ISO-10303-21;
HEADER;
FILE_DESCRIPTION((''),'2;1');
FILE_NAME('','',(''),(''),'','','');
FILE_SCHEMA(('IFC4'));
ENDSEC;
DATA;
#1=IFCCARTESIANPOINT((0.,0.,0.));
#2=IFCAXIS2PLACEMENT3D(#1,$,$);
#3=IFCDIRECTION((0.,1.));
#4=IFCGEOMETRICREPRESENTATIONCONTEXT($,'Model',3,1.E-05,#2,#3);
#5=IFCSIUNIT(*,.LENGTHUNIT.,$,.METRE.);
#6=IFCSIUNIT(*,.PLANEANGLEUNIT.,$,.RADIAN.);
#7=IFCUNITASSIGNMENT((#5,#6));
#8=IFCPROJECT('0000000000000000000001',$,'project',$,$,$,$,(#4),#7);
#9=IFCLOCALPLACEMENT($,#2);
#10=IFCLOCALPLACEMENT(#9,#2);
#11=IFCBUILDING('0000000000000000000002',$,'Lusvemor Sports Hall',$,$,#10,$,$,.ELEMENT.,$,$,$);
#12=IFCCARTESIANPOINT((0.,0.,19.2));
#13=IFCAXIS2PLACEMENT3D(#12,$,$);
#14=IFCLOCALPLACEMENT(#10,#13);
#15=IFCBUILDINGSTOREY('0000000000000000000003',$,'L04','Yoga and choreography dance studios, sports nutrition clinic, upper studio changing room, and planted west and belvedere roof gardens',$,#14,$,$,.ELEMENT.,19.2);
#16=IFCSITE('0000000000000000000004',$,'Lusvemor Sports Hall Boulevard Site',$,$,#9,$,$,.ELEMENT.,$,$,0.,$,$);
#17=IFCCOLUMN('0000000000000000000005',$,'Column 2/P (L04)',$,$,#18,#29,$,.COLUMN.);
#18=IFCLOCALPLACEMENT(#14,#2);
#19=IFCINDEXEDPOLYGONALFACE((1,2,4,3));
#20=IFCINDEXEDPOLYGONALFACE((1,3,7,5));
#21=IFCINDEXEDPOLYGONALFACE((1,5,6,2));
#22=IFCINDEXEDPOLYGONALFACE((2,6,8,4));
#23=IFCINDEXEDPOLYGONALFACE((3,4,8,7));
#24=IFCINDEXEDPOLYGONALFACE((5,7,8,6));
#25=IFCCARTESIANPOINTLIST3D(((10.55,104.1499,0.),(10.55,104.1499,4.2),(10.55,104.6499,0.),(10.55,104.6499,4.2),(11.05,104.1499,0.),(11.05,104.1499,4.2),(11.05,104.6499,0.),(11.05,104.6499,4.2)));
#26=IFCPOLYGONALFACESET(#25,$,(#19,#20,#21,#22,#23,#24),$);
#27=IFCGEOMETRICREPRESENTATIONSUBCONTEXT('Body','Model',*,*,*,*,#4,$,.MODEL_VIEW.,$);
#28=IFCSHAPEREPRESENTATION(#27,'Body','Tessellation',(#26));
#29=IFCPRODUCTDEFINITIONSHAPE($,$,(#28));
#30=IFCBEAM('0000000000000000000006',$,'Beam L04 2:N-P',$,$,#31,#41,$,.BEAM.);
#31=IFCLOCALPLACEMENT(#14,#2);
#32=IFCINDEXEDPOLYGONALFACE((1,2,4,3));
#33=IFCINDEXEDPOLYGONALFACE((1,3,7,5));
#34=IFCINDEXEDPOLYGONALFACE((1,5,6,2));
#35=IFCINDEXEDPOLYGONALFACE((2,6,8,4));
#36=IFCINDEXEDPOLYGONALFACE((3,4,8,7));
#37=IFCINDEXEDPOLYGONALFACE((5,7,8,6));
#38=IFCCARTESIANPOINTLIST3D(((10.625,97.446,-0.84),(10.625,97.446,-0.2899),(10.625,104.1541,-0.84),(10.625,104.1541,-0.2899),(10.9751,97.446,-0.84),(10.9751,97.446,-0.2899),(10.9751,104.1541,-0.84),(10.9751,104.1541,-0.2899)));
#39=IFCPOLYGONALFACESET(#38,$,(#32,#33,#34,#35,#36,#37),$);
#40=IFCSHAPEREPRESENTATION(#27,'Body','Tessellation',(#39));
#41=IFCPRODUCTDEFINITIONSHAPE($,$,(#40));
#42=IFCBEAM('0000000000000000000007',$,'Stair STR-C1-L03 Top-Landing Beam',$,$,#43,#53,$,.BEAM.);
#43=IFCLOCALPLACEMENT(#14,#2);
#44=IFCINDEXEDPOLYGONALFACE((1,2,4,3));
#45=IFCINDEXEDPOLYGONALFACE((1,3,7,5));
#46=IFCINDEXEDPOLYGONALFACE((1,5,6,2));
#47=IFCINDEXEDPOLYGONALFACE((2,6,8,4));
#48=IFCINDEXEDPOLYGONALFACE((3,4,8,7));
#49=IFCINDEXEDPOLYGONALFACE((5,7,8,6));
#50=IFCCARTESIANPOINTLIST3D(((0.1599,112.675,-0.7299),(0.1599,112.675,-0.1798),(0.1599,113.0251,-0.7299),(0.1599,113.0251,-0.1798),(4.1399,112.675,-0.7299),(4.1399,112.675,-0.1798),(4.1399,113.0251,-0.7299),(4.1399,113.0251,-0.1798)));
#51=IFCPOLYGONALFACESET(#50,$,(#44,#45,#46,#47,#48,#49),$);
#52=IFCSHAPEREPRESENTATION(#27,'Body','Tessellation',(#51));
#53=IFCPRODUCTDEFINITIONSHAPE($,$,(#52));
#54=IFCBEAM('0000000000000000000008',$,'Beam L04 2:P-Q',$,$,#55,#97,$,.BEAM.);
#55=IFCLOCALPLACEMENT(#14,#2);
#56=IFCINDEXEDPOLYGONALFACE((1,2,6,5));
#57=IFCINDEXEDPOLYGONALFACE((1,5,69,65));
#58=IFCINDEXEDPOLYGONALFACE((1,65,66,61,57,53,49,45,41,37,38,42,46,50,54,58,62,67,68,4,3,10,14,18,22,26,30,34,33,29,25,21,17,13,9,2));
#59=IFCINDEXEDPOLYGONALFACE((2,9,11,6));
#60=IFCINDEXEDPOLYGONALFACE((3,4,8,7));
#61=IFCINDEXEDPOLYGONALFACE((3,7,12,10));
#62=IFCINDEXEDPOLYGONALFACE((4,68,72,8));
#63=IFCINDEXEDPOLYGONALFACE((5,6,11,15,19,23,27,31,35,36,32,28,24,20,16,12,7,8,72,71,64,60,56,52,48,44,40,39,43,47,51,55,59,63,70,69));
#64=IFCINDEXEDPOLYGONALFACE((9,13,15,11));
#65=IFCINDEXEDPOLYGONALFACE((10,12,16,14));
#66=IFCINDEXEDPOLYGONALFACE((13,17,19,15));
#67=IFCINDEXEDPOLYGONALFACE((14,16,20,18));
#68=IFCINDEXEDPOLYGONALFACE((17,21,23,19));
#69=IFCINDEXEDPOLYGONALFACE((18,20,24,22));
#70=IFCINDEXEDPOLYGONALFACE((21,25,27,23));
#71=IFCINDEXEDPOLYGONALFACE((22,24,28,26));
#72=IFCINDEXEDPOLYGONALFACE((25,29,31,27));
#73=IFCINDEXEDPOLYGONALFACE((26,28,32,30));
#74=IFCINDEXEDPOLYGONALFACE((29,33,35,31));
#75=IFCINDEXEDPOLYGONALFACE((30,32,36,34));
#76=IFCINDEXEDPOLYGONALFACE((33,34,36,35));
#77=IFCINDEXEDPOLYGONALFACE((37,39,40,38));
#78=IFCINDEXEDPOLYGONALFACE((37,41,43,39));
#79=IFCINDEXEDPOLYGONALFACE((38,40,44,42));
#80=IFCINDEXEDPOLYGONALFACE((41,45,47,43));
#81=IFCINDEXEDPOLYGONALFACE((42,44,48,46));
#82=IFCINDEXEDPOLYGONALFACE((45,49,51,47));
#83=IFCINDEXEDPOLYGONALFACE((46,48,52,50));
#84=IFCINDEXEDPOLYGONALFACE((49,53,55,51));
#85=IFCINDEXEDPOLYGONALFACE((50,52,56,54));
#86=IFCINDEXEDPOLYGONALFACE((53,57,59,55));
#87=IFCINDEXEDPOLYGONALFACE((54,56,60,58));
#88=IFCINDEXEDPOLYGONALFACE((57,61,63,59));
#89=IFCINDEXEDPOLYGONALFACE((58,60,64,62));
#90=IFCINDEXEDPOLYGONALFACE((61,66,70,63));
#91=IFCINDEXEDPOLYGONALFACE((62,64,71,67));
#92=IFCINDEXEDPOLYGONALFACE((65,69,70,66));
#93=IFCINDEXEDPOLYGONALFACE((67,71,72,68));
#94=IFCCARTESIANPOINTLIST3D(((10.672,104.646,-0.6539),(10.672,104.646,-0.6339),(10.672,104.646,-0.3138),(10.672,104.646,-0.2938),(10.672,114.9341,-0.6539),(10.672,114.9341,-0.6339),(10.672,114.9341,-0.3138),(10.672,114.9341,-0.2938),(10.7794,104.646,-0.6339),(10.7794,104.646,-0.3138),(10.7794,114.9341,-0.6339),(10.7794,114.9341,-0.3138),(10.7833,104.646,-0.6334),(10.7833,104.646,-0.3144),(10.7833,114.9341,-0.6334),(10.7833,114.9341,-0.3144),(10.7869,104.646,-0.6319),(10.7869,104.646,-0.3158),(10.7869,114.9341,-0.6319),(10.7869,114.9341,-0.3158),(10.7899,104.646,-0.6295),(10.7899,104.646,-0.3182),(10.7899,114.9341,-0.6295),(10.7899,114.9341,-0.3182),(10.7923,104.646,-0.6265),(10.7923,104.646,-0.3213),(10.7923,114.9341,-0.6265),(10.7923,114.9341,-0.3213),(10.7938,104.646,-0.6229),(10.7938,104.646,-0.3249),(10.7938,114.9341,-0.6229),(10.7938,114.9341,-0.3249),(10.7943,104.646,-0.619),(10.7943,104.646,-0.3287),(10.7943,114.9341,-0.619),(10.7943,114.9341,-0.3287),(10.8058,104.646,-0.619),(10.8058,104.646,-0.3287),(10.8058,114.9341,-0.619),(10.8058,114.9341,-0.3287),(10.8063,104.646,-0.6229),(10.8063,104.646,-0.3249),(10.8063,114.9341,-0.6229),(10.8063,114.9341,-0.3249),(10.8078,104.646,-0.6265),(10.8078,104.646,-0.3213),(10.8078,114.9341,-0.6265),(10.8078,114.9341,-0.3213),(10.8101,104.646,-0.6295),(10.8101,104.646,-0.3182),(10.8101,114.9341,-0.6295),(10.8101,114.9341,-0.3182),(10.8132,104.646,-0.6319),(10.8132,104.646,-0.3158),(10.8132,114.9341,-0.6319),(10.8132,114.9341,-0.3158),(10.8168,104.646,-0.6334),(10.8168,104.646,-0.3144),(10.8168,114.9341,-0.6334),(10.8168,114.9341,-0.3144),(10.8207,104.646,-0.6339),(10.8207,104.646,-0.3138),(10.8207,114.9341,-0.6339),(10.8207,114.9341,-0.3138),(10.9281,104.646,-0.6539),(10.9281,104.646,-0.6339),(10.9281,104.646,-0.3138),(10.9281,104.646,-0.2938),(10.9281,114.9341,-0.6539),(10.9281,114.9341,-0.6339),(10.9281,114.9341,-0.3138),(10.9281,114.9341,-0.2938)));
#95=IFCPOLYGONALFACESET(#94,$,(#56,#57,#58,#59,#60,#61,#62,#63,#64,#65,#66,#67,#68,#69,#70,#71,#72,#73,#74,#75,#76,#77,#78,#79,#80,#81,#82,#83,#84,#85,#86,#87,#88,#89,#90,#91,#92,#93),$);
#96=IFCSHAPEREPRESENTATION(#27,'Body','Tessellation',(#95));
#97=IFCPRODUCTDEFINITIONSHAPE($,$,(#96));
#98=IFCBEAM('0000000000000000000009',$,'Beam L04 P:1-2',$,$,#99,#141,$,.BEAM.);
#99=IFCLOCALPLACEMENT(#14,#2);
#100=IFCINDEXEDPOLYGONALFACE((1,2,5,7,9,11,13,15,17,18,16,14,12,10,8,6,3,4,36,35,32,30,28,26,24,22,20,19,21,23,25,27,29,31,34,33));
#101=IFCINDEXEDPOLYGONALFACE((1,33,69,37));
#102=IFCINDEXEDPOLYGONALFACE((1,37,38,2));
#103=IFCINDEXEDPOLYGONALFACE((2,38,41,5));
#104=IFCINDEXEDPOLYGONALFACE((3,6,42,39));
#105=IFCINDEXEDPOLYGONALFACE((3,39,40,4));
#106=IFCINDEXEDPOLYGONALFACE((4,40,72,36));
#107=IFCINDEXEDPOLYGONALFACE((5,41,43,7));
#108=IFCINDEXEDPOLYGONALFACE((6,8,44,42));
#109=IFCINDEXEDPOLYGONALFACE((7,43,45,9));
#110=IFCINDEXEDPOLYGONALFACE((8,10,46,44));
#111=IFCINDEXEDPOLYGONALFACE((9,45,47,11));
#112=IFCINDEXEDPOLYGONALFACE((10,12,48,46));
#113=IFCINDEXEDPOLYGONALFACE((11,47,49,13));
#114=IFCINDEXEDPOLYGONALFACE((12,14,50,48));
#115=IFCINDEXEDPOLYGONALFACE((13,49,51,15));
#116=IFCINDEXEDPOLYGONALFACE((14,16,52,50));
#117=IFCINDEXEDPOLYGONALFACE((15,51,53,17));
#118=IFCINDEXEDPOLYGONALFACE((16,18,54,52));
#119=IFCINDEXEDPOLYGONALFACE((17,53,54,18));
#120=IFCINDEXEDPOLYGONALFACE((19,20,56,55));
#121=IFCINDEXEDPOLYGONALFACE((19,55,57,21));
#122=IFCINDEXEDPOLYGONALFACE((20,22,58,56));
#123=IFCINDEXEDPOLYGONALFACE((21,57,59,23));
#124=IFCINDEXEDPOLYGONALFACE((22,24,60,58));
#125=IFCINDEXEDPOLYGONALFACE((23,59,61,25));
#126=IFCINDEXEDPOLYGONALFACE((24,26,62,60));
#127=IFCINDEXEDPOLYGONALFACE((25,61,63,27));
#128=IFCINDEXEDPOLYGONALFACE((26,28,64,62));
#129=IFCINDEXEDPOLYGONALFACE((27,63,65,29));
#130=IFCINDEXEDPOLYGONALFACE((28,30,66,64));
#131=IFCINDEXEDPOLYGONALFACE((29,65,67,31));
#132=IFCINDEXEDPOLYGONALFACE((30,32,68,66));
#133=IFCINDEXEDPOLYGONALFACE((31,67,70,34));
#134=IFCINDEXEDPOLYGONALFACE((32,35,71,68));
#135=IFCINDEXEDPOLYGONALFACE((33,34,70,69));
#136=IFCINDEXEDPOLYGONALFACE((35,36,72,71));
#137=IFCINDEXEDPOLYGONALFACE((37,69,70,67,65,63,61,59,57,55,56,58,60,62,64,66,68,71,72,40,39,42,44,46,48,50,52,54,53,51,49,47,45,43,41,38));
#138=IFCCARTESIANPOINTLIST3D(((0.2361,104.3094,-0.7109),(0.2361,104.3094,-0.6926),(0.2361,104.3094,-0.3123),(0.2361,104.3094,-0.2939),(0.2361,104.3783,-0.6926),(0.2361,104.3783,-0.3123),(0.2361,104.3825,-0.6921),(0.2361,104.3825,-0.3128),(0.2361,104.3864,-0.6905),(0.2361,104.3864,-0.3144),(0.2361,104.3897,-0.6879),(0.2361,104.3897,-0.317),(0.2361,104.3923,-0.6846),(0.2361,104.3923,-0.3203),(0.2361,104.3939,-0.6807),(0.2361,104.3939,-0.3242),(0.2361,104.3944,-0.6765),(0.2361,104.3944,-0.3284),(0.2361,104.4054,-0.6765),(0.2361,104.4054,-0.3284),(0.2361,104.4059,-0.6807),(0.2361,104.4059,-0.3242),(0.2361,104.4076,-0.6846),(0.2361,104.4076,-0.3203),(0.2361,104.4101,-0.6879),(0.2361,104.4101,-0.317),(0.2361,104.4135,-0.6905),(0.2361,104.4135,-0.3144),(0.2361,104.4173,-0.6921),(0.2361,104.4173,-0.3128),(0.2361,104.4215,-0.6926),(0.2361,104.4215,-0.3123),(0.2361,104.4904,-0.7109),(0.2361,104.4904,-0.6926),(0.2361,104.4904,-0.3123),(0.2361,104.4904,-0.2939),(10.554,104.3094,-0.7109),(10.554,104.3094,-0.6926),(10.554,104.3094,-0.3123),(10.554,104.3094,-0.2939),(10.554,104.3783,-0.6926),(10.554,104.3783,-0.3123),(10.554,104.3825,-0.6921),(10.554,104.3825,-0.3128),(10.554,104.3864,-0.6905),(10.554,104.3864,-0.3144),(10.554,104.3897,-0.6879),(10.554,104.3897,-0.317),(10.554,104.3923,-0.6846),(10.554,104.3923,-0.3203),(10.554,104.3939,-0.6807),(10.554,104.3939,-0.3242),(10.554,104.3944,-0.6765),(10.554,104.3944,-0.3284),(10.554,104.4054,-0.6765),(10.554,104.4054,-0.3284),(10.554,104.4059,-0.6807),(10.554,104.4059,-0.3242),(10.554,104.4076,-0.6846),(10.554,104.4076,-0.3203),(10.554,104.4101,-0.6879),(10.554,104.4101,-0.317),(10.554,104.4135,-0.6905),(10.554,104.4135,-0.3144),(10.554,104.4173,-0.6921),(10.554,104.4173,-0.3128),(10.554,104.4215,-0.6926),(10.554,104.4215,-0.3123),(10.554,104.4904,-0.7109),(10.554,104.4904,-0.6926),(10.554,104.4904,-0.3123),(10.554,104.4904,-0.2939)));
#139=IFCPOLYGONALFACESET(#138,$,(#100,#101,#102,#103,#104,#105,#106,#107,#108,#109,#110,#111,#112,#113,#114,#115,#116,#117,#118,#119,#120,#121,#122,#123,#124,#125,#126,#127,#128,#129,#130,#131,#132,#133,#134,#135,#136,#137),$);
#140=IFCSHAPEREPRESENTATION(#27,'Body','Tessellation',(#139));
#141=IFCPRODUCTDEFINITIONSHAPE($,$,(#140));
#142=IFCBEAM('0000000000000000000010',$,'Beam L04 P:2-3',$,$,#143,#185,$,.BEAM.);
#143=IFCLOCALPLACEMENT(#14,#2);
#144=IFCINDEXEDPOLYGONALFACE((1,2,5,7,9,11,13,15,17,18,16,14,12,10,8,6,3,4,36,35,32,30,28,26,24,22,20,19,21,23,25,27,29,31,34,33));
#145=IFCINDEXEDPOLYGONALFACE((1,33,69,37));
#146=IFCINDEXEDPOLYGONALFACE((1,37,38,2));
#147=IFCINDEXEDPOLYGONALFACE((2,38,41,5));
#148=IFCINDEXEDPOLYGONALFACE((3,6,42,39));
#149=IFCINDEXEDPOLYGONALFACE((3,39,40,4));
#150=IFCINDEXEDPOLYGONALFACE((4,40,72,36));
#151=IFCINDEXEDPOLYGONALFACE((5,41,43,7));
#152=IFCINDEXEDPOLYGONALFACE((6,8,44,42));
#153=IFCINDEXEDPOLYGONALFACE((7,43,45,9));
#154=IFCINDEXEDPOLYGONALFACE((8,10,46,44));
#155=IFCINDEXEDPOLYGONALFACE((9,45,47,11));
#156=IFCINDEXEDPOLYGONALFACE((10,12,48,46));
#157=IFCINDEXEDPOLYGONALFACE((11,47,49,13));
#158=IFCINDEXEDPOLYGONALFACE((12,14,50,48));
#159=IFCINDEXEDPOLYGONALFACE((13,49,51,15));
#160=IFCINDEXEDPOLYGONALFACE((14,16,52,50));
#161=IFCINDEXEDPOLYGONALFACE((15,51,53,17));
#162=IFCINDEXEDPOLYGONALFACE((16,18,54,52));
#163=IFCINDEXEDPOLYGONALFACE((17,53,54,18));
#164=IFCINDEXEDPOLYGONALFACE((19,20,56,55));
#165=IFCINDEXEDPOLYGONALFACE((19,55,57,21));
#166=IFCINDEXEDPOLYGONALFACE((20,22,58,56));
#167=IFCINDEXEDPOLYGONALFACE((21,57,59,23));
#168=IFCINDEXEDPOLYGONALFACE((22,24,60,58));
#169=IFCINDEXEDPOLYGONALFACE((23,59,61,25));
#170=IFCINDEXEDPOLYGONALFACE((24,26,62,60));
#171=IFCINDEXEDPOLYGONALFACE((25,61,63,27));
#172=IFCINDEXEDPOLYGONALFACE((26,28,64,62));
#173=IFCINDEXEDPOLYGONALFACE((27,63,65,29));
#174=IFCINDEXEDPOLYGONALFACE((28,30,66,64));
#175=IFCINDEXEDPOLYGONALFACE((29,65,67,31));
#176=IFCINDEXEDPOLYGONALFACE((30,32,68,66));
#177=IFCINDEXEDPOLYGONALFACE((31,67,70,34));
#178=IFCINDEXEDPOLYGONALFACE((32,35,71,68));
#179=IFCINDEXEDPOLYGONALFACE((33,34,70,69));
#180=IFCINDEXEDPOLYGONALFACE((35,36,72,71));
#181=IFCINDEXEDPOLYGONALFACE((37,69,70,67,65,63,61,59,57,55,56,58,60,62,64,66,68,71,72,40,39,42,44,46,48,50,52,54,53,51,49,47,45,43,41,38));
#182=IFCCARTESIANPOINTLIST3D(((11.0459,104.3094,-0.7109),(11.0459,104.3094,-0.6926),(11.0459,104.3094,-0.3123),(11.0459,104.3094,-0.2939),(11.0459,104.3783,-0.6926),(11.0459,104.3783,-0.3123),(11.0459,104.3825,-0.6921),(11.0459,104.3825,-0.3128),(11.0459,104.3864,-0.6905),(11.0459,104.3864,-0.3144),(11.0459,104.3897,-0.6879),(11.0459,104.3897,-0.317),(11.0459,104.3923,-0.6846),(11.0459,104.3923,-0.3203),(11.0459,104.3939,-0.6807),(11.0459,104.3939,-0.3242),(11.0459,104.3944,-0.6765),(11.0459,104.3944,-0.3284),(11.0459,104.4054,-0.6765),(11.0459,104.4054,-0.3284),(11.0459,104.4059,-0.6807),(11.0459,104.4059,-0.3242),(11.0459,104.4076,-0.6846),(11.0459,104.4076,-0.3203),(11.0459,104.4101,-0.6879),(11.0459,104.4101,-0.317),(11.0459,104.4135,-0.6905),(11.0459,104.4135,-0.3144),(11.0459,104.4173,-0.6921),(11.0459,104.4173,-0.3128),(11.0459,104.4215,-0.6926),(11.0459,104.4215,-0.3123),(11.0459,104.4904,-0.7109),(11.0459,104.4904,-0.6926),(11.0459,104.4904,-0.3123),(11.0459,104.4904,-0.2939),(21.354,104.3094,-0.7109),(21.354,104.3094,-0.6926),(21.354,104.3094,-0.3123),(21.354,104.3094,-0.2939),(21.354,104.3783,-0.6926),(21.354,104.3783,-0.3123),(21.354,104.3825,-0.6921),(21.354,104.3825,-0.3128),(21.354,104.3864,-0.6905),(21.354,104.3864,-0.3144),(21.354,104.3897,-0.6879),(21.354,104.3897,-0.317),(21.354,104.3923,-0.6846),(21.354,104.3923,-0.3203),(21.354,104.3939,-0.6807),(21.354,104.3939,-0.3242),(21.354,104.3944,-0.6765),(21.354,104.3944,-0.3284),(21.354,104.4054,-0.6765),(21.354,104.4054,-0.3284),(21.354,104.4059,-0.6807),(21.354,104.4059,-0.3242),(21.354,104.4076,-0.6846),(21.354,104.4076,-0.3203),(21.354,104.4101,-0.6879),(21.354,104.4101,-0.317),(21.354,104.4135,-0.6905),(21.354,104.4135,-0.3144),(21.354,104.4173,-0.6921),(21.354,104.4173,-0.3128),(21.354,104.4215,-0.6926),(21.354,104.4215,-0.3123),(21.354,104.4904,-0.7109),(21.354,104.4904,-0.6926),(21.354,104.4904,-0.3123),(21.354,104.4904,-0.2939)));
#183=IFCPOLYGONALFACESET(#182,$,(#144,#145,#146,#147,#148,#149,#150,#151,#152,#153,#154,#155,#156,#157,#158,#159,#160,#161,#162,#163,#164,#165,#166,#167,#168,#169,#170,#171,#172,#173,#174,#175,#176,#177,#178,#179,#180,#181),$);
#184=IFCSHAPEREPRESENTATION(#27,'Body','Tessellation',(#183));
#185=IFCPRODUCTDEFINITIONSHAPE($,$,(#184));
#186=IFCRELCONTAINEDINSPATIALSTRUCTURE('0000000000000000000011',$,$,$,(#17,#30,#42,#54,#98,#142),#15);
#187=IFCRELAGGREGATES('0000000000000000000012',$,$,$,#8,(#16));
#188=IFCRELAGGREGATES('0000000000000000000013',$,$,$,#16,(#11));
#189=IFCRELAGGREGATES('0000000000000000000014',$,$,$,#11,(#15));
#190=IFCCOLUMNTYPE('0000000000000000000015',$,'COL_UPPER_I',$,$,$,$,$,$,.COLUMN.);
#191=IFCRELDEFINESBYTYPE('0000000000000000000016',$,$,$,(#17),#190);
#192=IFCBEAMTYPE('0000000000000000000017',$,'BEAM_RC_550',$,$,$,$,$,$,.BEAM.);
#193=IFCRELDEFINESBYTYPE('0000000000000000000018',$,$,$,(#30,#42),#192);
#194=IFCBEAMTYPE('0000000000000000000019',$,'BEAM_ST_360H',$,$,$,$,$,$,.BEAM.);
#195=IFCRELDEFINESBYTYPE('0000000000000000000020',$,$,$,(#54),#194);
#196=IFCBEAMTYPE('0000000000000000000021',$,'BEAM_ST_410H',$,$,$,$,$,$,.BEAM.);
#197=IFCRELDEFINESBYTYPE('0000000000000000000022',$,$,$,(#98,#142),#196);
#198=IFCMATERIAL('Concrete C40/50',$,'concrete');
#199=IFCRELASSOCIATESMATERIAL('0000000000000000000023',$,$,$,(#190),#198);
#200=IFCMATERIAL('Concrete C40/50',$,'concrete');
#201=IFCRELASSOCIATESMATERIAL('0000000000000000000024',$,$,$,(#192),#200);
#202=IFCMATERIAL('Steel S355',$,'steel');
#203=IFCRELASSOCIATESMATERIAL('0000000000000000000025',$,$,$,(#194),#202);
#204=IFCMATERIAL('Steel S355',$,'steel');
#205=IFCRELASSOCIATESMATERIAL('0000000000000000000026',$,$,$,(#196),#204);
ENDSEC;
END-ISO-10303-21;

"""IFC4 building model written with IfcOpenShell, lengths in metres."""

from ifc_helpers import new_model, si_unit, direction, frame, origin, origin_2d, place, context, subcontext, project, spatial, rectangle, i_section, extrude, material, material_profile, profile_set, type_object, element, save


model = new_model("IFC4")

# Units and contexts
model_context = context("Model", 3, precision=1e-05, world=origin(), true_north=direction((0.0, 1.0)))
body_context = subcontext(model_context, "Body", "Model", "MODEL_VIEW")
ifc_project = project(units=[si_unit("LENGTHUNIT", "METRE"), si_unit("PLANEANGLEUNIT", "RADIAN")], contexts=[model_context])

# Site, building, storey
site_placement = place(None, origin())
site = spatial("IfcSite", under=ifc_project, at=site_placement, Name="Lusvemor Sports Hall Boulevard Site", CompositionType="ELEMENT", RefElevation=0.0)
building_placement = place(site_placement, origin())
building = spatial("IfcBuilding", under=site, at=building_placement, Name="Lusvemor Sports Hall", CompositionType="ELEMENT")
storey_placement = place(building_placement, frame((0.0, 0.0, 19.2)))
storey = spatial("IfcBuildingStorey", under=building, at=storey_placement, Name="L04", Description="Yoga and choreography dance studios, sports nutrition clinic, upper studio changing room, and planted west and belvedere roof gardens", CompositionType="ELEMENT", Elevation=19.2)

# Column
ifc_material_1 = material(Name="Concrete C40/50", Category="concrete")
ifc_material_profile_1 = material_profile(ifc_material_1, rectangle(XDim=0.5, YDim=0.5, at=origin_2d()), Name="RC500x500")
ifc_profile_set_1 = profile_set([ifc_material_profile_1], Name="Concrete C40/50")
column_type = type_object("IfcColumnType", Name="COL_UPPER_I", PredefinedType="COLUMN", material=ifc_profile_set_1)
column_placement = place(storey_placement, frame((10.8, 104.3999, 0.0), z_axis=(0.0, 0.0, 1.0), x_axis=(1.0, 0.0, 0.0)))
element("IfcColumn", 1, at=column_placement, inside=storey, type_object=column_type, Name="Column 2/P (L04)", PredefinedType="COLUMN", context=body_context, shape_type="SweptSolid", body=[
    extrude(rectangle(XDim=0.5, YDim=0.5, at=origin_2d()), origin(), (0.0, 0.0, 1.0), 4.2),
])

# Beams
ifc_material_2 = material(Name="Concrete C40/50", Category="concrete")
ifc_material_profile_2 = material_profile(ifc_material_2, rectangle(XDim=0.3501, YDim=0.55, at=origin_2d()), Name="RC350x550")
ifc_profile_set_2 = profile_set([ifc_material_profile_2], Name="Concrete C40/50")
beam_type_1 = type_object("IfcBeamType", Name="BEAM_RC_550", PredefinedType="BEAM", material=ifc_profile_set_2)
beam_1_placement = place(storey_placement, frame((10.8, 97.446, -0.5649), z_axis=(0.0, 1.0, 0.0), x_axis=(-1.0, 0.0, 0.0)))
element("IfcBeam", 2, at=beam_1_placement, inside=storey, type_object=beam_type_1, Name="Beam L04 2:N-P", PredefinedType="BEAM", context=body_context, shape_type="SweptSolid", body=[
    extrude(rectangle(XDim=0.3501, YDim=0.55, at=origin_2d()), origin(), (0.0, 0.0, 1.0), 6.708),
])
beam_2_placement = place(storey_placement, frame((0.1599, 112.8501, -0.4548), z_axis=(1.0, 0.0, 0.0), x_axis=(0.0, 1.0, 0.0)))
element("IfcBeam", 3, at=beam_2_placement, inside=storey, type_object=beam_type_1, Name="Stair STR-C1-L03 Top-Landing Beam", PredefinedType="BEAM", context=body_context, shape_type="SweptSolid", body=[
    extrude(rectangle(XDim=0.3501, YDim=0.55, at=origin_2d()), origin(), (0.0, 0.0, 1.0), 3.98),
])
ifc_material_3 = material(Name="Steel S355", Category="steel")
ifc_material_profile_3 = material_profile(ifc_material_3, i_section(OverallWidth=0.2561, OverallDepth=0.3601, WebThickness=0.0115, FlangeThickness=0.02, FilletRadius=0.0149, at=origin_2d()), Name="W360x110.0")
ifc_profile_set_3 = profile_set([ifc_material_profile_3], Name="Steel S355")
beam_type_2 = type_object("IfcBeamType", Name="BEAM_ST_360H", PredefinedType="BEAM", material=ifc_profile_set_3)
beam_3_placement = place(storey_placement, frame((10.8, 104.646, -0.4739), z_axis=(0.0, 1.0, 0.0), x_axis=(-1.0, 0.0, 0.0)))
element("IfcBeam", 4, at=beam_3_placement, inside=storey, type_object=beam_type_2, Name="Beam L04 2:P-Q", PredefinedType="BEAM", context=body_context, shape_type="SweptSolid", body=[
    extrude(i_section(OverallWidth=0.2561, OverallDepth=0.3601, WebThickness=0.0115, FlangeThickness=0.02, FilletRadius=0.0149, at=origin_2d()), origin(), (0.0, 0.0, 1.0), 10.2881),
])
ifc_material_4 = material(Name="Steel S355", Category="steel")
ifc_material_profile_4 = material_profile(ifc_material_4, i_section(OverallWidth=0.1809, OverallDepth=0.417, WebThickness=0.011, FlangeThickness=0.0183, FilletRadius=0.0161, at=origin_2d()), Name="W410x85.0")
ifc_profile_set_4 = profile_set([ifc_material_profile_4], Name="Steel S355")
beam_type_3 = type_object("IfcBeamType", Name="BEAM_ST_410H", PredefinedType="BEAM", material=ifc_profile_set_4)
beam_4_placement = place(storey_placement, frame((0.2361, 104.3999, -0.5024), z_axis=(1.0, 0.0, 0.0), x_axis=(0.0, 1.0, 0.0)))
element("IfcBeam", 5, at=beam_4_placement, inside=storey, type_object=beam_type_3, Name="Beam L04 P:1-2", PredefinedType="BEAM", context=body_context, shape_type="SweptSolid", body=[
    extrude(i_section(OverallWidth=0.1809, OverallDepth=0.417, WebThickness=0.011, FlangeThickness=0.0183, FilletRadius=0.0161, at=origin_2d()), origin(), (0.0, 0.0, 1.0), 10.3179),
])
beam_5_placement = place(storey_placement, frame((11.0459, 104.3999, -0.5024), z_axis=(1.0, 0.0, 0.0), x_axis=(0.0, 1.0, 0.0)))
element("IfcBeam", 6, at=beam_5_placement, inside=storey, type_object=beam_type_3, Name="Beam L04 P:2-3", PredefinedType="BEAM", context=body_context, shape_type="SweptSolid", body=[
    extrude(i_section(OverallWidth=0.1809, OverallDepth=0.417, WebThickness=0.011, FlangeThickness=0.0183, FilletRadius=0.0161, at=origin_2d()), origin(), (0.0, 0.0, 1.0), 10.3081),
])

save(model, "model.ifc")
